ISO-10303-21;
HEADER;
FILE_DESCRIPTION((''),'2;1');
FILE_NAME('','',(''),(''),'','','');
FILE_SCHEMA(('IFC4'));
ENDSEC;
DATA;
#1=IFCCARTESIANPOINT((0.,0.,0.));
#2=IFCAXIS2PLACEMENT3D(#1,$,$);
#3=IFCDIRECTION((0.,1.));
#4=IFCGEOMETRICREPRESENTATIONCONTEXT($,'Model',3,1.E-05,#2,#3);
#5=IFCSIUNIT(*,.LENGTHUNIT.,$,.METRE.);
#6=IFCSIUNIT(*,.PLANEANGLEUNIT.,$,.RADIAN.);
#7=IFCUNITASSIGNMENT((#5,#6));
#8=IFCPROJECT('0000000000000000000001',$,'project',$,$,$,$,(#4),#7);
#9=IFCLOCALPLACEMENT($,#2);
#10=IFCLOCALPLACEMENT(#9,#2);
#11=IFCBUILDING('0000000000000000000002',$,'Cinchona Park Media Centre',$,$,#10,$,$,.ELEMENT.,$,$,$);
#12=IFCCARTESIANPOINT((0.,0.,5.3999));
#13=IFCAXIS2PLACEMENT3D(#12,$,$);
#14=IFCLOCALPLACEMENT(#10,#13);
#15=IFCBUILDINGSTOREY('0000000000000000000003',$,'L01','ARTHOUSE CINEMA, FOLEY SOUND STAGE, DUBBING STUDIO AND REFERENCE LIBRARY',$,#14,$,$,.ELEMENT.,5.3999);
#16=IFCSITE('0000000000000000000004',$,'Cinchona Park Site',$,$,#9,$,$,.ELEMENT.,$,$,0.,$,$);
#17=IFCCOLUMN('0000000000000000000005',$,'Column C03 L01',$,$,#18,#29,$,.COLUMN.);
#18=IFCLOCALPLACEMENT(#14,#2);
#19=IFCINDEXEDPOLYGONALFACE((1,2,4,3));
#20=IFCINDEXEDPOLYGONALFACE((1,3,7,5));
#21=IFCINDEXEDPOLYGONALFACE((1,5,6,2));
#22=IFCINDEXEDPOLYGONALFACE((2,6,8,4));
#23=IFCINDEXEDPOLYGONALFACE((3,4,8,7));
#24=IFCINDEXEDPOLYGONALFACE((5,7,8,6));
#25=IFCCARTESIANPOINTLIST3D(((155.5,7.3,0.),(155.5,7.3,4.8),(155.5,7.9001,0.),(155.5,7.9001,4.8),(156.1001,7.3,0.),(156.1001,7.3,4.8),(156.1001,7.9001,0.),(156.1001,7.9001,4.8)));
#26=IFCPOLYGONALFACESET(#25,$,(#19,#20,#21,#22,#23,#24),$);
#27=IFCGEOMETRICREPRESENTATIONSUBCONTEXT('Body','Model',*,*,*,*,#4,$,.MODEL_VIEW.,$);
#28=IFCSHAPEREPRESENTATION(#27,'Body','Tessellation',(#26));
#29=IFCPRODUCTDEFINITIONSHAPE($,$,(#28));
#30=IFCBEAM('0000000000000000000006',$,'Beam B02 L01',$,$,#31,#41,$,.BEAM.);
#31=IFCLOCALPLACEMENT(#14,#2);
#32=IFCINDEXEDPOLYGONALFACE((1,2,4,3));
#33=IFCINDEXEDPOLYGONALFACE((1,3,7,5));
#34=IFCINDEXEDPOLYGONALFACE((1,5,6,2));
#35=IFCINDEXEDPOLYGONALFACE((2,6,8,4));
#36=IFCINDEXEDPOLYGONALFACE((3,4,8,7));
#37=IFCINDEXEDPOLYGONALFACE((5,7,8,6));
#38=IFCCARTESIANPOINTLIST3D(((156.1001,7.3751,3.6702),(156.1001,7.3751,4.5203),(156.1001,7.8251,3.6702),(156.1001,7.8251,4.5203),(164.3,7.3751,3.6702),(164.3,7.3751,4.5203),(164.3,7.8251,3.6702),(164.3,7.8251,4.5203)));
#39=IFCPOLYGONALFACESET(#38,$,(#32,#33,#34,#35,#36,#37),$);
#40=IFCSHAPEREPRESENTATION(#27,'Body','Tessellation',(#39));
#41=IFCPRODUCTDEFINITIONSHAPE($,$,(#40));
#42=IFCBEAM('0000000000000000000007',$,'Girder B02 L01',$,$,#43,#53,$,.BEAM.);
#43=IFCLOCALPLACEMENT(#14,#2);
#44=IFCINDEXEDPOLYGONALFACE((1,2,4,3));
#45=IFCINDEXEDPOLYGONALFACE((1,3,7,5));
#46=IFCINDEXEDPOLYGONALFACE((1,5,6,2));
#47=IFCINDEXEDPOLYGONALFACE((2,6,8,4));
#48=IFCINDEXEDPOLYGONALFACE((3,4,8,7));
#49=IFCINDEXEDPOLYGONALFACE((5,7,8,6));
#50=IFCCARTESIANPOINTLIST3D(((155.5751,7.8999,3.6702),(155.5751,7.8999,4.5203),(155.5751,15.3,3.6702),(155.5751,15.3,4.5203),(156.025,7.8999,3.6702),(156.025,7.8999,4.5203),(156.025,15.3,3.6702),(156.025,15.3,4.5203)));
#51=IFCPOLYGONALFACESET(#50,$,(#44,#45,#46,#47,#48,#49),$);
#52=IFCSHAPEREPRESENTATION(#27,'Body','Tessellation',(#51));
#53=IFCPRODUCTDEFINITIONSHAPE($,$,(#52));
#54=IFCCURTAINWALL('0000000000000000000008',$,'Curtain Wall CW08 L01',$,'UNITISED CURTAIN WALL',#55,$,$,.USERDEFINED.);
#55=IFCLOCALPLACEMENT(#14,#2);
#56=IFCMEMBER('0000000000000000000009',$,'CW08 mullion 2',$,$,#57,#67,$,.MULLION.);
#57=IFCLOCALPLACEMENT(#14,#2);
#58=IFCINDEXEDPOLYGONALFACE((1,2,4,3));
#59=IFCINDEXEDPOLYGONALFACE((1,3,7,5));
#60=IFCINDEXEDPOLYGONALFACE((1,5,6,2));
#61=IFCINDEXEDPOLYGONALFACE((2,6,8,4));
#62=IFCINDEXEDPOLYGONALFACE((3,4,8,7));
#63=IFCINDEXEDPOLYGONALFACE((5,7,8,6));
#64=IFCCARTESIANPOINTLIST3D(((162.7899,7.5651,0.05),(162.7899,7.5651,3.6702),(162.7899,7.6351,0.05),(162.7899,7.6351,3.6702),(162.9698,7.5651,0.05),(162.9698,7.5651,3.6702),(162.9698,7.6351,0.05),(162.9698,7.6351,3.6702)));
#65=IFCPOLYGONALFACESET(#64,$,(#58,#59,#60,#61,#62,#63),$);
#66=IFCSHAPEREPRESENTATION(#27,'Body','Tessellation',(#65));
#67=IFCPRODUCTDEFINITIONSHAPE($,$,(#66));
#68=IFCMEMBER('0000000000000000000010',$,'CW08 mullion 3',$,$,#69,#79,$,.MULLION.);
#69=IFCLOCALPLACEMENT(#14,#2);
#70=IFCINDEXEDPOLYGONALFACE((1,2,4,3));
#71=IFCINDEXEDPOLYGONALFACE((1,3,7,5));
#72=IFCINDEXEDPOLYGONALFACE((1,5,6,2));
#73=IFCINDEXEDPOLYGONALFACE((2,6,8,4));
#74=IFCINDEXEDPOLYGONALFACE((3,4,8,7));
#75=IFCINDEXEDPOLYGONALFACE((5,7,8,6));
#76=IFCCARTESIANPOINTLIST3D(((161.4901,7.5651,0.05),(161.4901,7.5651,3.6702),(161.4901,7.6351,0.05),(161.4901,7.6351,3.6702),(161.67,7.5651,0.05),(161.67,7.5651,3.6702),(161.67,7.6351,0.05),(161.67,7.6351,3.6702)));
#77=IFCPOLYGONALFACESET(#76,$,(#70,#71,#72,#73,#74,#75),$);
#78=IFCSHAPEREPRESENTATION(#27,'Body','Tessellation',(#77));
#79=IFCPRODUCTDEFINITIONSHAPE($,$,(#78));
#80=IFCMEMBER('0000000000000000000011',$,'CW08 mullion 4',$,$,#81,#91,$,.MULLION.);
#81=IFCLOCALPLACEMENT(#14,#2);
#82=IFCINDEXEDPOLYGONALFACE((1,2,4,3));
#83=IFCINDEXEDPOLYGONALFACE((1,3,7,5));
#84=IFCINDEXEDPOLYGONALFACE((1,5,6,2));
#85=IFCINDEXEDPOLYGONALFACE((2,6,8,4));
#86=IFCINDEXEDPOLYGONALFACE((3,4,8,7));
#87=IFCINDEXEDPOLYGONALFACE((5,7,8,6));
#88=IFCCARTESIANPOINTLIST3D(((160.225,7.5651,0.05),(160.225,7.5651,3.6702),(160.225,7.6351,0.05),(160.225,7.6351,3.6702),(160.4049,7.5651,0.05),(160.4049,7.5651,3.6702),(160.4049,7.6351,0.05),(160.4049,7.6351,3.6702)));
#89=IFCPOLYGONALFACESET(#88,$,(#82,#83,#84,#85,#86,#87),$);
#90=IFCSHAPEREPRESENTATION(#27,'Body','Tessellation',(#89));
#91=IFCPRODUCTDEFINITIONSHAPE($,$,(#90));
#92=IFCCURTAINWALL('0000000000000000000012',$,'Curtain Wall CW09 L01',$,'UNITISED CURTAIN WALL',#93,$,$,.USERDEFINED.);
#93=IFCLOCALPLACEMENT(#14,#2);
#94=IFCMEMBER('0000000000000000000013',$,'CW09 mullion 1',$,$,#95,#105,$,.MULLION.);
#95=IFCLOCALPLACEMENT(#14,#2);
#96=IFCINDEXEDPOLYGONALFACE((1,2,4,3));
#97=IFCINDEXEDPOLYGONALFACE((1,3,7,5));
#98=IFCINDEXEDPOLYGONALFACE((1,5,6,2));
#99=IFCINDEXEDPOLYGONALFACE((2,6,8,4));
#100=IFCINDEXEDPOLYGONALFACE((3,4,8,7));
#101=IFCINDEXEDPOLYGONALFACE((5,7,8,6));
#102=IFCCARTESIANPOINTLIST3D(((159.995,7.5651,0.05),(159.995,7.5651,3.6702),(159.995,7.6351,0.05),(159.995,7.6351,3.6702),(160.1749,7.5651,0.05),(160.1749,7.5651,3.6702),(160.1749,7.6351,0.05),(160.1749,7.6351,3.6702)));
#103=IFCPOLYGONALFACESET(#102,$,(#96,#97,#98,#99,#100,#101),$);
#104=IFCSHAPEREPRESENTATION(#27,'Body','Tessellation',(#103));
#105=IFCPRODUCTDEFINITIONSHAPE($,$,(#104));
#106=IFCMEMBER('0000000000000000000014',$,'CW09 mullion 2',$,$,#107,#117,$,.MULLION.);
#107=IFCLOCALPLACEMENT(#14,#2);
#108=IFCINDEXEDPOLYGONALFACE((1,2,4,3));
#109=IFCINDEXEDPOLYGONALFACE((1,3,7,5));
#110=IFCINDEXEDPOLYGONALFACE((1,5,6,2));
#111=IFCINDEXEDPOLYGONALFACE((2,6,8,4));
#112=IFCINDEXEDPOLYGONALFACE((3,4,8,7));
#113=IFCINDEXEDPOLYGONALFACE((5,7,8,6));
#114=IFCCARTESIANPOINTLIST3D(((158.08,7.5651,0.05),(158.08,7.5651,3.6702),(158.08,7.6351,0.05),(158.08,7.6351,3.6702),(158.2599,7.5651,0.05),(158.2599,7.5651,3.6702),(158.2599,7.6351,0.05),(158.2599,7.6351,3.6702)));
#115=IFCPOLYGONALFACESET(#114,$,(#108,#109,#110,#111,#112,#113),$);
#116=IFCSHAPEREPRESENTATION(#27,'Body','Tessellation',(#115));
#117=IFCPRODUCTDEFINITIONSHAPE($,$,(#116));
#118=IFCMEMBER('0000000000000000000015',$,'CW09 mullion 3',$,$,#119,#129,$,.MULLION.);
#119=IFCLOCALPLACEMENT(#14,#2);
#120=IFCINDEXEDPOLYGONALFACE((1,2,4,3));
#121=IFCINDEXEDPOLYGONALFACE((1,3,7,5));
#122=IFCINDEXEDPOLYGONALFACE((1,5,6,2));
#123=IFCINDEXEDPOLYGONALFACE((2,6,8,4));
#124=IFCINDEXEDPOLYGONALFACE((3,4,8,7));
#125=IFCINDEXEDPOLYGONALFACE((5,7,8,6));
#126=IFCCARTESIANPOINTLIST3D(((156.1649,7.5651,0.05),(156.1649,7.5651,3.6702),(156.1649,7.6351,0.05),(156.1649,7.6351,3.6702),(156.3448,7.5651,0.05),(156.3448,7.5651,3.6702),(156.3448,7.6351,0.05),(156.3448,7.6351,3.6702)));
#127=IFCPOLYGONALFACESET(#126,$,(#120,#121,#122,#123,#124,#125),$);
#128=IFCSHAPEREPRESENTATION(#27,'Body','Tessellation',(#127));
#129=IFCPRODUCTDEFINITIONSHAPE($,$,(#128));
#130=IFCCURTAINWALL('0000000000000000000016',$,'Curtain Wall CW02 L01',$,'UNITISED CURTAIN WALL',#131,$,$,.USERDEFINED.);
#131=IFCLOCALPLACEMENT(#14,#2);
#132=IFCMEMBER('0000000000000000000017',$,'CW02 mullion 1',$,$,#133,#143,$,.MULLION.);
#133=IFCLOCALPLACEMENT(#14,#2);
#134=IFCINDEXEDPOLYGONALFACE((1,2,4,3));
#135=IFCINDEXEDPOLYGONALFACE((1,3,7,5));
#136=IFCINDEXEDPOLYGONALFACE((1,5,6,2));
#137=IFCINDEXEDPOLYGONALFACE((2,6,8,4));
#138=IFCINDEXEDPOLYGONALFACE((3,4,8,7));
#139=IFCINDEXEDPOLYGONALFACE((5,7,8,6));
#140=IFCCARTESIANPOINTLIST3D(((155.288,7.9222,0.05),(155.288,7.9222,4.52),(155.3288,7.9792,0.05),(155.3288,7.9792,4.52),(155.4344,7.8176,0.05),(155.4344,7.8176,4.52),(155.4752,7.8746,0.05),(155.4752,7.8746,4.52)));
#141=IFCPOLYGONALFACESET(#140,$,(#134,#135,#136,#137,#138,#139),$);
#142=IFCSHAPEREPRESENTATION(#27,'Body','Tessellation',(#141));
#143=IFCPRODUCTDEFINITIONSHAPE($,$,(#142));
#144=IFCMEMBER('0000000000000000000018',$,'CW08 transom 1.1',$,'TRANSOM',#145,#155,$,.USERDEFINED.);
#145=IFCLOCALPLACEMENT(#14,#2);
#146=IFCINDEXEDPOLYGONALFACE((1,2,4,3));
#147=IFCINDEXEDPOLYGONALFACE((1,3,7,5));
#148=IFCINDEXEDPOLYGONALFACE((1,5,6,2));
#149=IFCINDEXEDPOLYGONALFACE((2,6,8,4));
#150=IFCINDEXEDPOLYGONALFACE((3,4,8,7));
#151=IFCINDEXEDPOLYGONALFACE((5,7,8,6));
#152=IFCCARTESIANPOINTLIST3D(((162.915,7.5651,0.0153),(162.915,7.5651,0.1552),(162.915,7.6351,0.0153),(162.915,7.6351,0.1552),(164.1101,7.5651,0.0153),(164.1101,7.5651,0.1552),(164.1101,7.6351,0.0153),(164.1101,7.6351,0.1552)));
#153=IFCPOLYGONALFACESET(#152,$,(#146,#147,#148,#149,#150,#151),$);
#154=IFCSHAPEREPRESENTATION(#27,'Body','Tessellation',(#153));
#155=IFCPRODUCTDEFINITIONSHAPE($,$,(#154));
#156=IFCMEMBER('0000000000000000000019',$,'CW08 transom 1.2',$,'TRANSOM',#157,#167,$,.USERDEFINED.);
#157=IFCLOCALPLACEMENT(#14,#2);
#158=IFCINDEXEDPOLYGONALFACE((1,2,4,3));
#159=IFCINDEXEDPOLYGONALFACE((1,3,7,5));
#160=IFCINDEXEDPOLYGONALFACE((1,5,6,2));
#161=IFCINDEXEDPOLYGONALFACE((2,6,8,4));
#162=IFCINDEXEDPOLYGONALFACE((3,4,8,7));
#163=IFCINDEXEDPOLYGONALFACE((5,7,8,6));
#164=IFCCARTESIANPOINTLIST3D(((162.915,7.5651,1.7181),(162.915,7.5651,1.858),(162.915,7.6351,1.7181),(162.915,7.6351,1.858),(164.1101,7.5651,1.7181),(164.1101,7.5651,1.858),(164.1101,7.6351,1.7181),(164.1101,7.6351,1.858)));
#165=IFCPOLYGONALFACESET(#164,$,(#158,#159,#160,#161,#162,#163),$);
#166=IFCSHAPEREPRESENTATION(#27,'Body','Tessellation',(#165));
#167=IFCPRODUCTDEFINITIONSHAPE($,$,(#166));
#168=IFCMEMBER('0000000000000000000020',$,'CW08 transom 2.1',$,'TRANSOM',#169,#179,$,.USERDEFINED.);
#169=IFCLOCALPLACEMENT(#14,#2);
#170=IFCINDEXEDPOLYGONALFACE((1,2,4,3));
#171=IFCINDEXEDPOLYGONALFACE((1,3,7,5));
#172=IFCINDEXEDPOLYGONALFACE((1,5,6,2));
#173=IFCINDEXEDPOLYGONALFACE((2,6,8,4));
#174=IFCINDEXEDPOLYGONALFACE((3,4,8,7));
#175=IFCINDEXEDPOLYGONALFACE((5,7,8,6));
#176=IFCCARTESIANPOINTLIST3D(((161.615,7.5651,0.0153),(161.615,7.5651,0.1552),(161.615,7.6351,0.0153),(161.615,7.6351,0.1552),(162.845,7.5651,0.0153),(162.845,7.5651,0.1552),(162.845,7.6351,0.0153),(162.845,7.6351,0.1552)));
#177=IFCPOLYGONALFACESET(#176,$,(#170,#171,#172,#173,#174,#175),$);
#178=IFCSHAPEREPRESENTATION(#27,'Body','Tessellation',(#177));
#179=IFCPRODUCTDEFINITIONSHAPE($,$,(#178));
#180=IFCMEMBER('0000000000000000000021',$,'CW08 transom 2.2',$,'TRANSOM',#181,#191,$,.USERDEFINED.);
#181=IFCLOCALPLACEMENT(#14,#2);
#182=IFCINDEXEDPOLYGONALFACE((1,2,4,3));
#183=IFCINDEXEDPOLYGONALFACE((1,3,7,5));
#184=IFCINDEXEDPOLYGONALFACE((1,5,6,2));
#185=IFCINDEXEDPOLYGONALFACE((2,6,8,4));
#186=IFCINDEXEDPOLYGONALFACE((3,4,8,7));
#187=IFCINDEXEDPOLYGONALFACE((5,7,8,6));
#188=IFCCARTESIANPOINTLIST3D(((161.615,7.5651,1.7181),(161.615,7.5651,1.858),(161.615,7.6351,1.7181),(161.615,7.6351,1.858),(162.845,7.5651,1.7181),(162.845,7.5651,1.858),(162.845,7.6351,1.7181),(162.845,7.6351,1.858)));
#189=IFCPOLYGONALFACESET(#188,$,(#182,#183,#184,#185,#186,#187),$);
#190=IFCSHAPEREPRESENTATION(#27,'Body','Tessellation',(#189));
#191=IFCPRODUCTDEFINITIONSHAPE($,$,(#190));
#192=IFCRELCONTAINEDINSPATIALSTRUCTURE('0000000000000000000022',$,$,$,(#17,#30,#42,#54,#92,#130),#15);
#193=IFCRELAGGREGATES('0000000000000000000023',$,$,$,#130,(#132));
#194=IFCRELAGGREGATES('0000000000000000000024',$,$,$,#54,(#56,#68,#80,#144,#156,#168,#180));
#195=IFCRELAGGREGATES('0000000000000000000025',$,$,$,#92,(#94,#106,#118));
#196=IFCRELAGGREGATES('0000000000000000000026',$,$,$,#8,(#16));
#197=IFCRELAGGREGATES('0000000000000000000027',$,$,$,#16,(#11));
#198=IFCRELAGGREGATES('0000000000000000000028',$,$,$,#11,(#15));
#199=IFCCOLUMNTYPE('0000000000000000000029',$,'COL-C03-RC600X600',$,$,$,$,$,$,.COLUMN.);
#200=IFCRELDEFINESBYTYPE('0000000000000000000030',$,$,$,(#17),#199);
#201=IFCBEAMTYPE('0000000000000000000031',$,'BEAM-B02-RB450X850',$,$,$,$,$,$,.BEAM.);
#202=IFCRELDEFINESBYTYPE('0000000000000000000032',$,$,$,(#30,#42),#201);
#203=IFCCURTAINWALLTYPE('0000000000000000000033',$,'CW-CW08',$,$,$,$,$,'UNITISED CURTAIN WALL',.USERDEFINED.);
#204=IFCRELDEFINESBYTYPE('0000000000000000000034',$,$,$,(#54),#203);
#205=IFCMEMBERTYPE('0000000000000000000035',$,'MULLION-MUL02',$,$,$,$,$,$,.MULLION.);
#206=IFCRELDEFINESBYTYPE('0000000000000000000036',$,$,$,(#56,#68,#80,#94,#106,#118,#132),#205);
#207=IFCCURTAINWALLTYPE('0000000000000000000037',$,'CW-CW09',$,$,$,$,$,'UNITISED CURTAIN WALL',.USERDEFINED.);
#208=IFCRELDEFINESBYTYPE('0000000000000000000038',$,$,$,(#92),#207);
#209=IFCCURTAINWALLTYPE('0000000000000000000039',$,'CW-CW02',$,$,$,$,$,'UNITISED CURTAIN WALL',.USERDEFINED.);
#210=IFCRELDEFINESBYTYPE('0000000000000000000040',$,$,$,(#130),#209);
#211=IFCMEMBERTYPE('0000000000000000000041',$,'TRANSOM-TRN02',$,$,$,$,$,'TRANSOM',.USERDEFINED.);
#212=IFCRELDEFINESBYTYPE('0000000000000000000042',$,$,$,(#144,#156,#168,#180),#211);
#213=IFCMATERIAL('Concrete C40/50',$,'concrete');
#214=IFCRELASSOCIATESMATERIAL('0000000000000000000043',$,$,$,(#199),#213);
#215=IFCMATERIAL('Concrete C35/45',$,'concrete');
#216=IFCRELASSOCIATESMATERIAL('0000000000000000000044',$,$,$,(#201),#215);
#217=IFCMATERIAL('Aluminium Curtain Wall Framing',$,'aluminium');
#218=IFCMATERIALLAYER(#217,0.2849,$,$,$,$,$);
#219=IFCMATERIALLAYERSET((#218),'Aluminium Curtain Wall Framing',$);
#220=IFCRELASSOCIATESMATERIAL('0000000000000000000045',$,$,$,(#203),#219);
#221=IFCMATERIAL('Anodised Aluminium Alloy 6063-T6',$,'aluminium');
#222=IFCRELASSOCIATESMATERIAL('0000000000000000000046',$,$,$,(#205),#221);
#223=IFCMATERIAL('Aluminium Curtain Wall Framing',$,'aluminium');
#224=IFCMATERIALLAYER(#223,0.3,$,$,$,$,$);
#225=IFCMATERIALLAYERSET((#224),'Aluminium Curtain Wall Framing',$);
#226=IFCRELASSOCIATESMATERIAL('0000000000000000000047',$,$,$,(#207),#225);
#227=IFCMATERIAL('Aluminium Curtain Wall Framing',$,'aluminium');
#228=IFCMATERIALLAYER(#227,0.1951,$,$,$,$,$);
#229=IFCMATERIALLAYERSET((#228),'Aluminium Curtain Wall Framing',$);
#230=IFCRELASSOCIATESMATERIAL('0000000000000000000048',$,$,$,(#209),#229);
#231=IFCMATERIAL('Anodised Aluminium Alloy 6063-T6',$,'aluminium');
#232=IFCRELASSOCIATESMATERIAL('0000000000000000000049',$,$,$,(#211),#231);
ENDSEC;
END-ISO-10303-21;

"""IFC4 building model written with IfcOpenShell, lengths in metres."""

from ifc_helpers import new_model, si_unit, direction, frame, origin, origin_2d, place, context, subcontext, project, spatial, rectangle, extrude, material, layer, layer_set, material_profile, profile_set, type_object, element, aggregate, save


model = new_model("IFC4")

# Units and contexts
model_context = context("Model", 3, precision=1e-05, world=origin(), true_north=direction((0.0, 1.0)))
body_context = subcontext(model_context, "Body", "Model", "MODEL_VIEW")
ifc_project = project(units=[si_unit("LENGTHUNIT", "METRE"), si_unit("PLANEANGLEUNIT", "RADIAN")], contexts=[model_context])

# Site, building, storey
site_placement = place(None, origin())
site = spatial("IfcSite", under=ifc_project, at=site_placement, Name="Cinchona Park Site", CompositionType="ELEMENT", RefElevation=0.0)
building_placement = place(site_placement, origin())
building = spatial("IfcBuilding", under=site, at=building_placement, Name="Cinchona Park Media Centre", CompositionType="ELEMENT")
storey_placement = place(building_placement, frame((0.0, 0.0, 5.3999)))
storey = spatial("IfcBuildingStorey", under=building, at=storey_placement, Name="L01", Description="ARTHOUSE CINEMA, FOLEY SOUND STAGE, DUBBING STUDIO AND REFERENCE LIBRARY", CompositionType="ELEMENT", Elevation=5.3999)

# Column
ifc_material_1 = material(Name="Concrete C40/50", Category="concrete")
ifc_material_profile_1 = material_profile(ifc_material_1, rectangle(XDim=0.6001, YDim=0.6001, at=origin_2d()), Name="RC 600X600")
ifc_profile_set_1 = profile_set([ifc_material_profile_1], Name="Concrete C40/50")
column_type = type_object("IfcColumnType", Name="COL-C03-RC600X600", PredefinedType="COLUMN", material=ifc_profile_set_1)
column_placement = place(storey_placement, frame((155.8, 7.6001, 0.0), z_axis=(0.0, 0.0, 1.0), x_axis=(1.0, 0.0, 0.0)))
element("IfcColumn", 1, at=column_placement, inside=storey, type_object=column_type, Name="Column C03 L01", PredefinedType="COLUMN", context=body_context, shape_type="SweptSolid", body=[
    extrude(rectangle(XDim=0.6001, YDim=0.6001, at=origin_2d()), origin(), (0.0, 0.0, 1.0), 4.8),
])

# Beams
ifc_material_2 = material(Name="Concrete C35/45", Category="concrete")
ifc_material_profile_2 = material_profile(ifc_material_2, rectangle(XDim=0.45, YDim=0.8501, at=origin_2d()), Name="RB 450X850")
ifc_profile_set_2 = profile_set([ifc_material_profile_2], Name="Concrete C35/45")
beam_type = type_object("IfcBeamType", Name="BEAM-B02-RB450X850", PredefinedType="BEAM", material=ifc_profile_set_2)
beam_1_placement = place(storey_placement, frame((156.1001, 7.6001, 4.0952), z_axis=(1.0, 0.0, 0.0), x_axis=(0.0, 1.0, 0.0)))
element("IfcBeam", 2, at=beam_1_placement, inside=storey, type_object=beam_type, Name="Beam B02 L01", PredefinedType="BEAM", context=body_context, shape_type="SweptSolid", body=[
    extrude(rectangle(XDim=0.45, YDim=0.8501, at=origin_2d()), origin(), (0.0, 0.0, 1.0), 8.2),
])
beam_2_placement = place(storey_placement, frame((155.8, 7.8999, 4.0952), z_axis=(0.0, 1.0, 0.0), x_axis=(-1.0, 0.0, 0.0)))
element("IfcBeam", 3, at=beam_2_placement, inside=storey, type_object=beam_type, Name="Girder B02 L01", PredefinedType="BEAM", context=body_context, shape_type="SweptSolid", body=[
    extrude(rectangle(XDim=0.45, YDim=0.8501, at=origin_2d()), origin(), (0.0, 0.0, 1.0), 7.4001),
])

# Curtain walls, members
ifc_material_3 = material(Name="Aluminium Curtain Wall Framing", Category="aluminium")
ifc_layer_1 = layer(ifc_material_3, 0.2849)
ifc_layer_set_1 = layer_set([ifc_layer_1], Name="Aluminium Curtain Wall Framing")
curtain_wall_type_1 = type_object("IfcCurtainWallType", Name="CW-CW08", ElementType="UNITISED CURTAIN WALL", PredefinedType="USERDEFINED", material=ifc_layer_set_1)
curtain_wall_1_placement = place(storey_placement, origin())
curtain_wall_1 = element("IfcCurtainWall", 4, at=curtain_wall_1_placement, inside=storey, type_object=curtain_wall_type_1, Name="Curtain Wall CW08 L01", ObjectType="UNITISED CURTAIN WALL", PredefinedType="USERDEFINED")
ifc_material_4 = material(Name="Anodised Aluminium Alloy 6063-T6", Category="aluminium")
ifc_material_profile_3 = material_profile(ifc_material_4, rectangle(XDim=0.0701, YDim=0.1799, at=origin_2d()), Name="MUL-70X180")
ifc_profile_set_3 = profile_set([ifc_material_profile_3], Name="Anodised Aluminium Alloy 6063-T6")
member_type_1 = type_object("IfcMemberType", Name="MULLION-MUL02", PredefinedType="MULLION", material=ifc_profile_set_3)
member_1_placement = place(storey_placement, frame((162.8799, 7.6001, 0.05), z_axis=(0.0, 0.0, 1.0), x_axis=(0.0, -1.0, 0.0)))
member_1 = element("IfcMember", 5, at=member_1_placement, type_object=member_type_1, Name="CW08 mullion 2", PredefinedType="MULLION", context=body_context, shape_type="SweptSolid", body=[
    extrude(rectangle(XDim=0.0701, YDim=0.1799, at=origin_2d()), origin(), (0.0, 0.0, 1.0), 3.6201),
])
member_2_placement = place(storey_placement, frame((161.5801, 7.6001, 0.05), z_axis=(0.0, 0.0, 1.0), x_axis=(0.0, -1.0, 0.0)))
member_2 = element("IfcMember", 6, at=member_2_placement, type_object=member_type_1, Name="CW08 mullion 3", PredefinedType="MULLION", context=body_context, shape_type="SweptSolid", body=[
    extrude(rectangle(XDim=0.0701, YDim=0.1799, at=origin_2d()), origin(), (0.0, 0.0, 1.0), 3.6201),
])
member_3_placement = place(storey_placement, frame((160.3149, 7.6001, 0.05), z_axis=(0.0, 0.0, 1.0), x_axis=(0.0, -1.0, 0.0)))
member_3 = element("IfcMember", 7, at=member_3_placement, type_object=member_type_1, Name="CW08 mullion 4", PredefinedType="MULLION", context=body_context, shape_type="SweptSolid", body=[
    extrude(rectangle(XDim=0.0701, YDim=0.1799, at=origin_2d()), origin(), (0.0, 0.0, 1.0), 3.6201),
])
ifc_material_5 = material(Name="Aluminium Curtain Wall Framing", Category="aluminium")
ifc_layer_2 = layer(ifc_material_5, 0.3)
ifc_layer_set_2 = layer_set([ifc_layer_2], Name="Aluminium Curtain Wall Framing")
curtain_wall_type_2 = type_object("IfcCurtainWallType", Name="CW-CW09", ElementType="UNITISED CURTAIN WALL", PredefinedType="USERDEFINED", material=ifc_layer_set_2)
curtain_wall_2_placement = place(storey_placement, origin())
curtain_wall_2 = element("IfcCurtainWall", 8, at=curtain_wall_2_placement, inside=storey, type_object=curtain_wall_type_2, Name="Curtain Wall CW09 L01", ObjectType="UNITISED CURTAIN WALL", PredefinedType="USERDEFINED")
member_4_placement = place(storey_placement, frame((160.085, 7.6001, 0.05), z_axis=(0.0, 0.0, 1.0), x_axis=(0.0, -1.0, 0.0)))
member_4 = element("IfcMember", 9, at=member_4_placement, type_object=member_type_1, Name="CW09 mullion 1", PredefinedType="MULLION", context=body_context, shape_type="SweptSolid", body=[
    extrude(rectangle(XDim=0.0701, YDim=0.1799, at=origin_2d()), origin(), (0.0, 0.0, 1.0), 3.6201),
])
member_5_placement = place(storey_placement, frame((158.1699, 7.6001, 0.05), z_axis=(0.0, 0.0, 1.0), x_axis=(0.0, -1.0, 0.0)))
member_5 = element("IfcMember", 10, at=member_5_placement, type_object=member_type_1, Name="CW09 mullion 2", PredefinedType="MULLION", context=body_context, shape_type="SweptSolid", body=[
    extrude(rectangle(XDim=0.0701, YDim=0.1799, at=origin_2d()), origin(), (0.0, 0.0, 1.0), 3.6201),
])
member_6_placement = place(storey_placement, frame((156.2549, 7.6001, 0.05), z_axis=(0.0, 0.0, 1.0), x_axis=(0.0, -1.0, 0.0)))
member_6 = element("IfcMember", 11, at=member_6_placement, type_object=member_type_1, Name="CW09 mullion 3", PredefinedType="MULLION", context=body_context, shape_type="SweptSolid", body=[
    extrude(rectangle(XDim=0.0701, YDim=0.1799, at=origin_2d()), origin(), (0.0, 0.0, 1.0), 3.6201),
])

# Curtain wall, member
ifc_material_6 = material(Name="Aluminium Curtain Wall Framing", Category="aluminium")
ifc_layer_3 = layer(ifc_material_6, 0.1951)
ifc_layer_set_3 = layer_set([ifc_layer_3], Name="Aluminium Curtain Wall Framing")
curtain_wall_type_3 = type_object("IfcCurtainWallType", Name="CW-CW02", ElementType="UNITISED CURTAIN WALL", PredefinedType="USERDEFINED", material=ifc_layer_set_3)
curtain_wall_3_placement = place(storey_placement, origin())
curtain_wall_3 = element("IfcCurtainWall", 12, at=curtain_wall_3_placement, inside=storey, type_object=curtain_wall_type_3, Name="Curtain Wall CW02 L01", ObjectType="UNITISED CURTAIN WALL", PredefinedType="USERDEFINED")
member_7_placement = place(storey_placement, frame((155.3816, 7.8984, 0.05), z_axis=(0.0, 0.0, 1.0), x_axis=(-0.581418, -0.813605, 0.0)))
member_7 = element("IfcMember", 13, at=member_7_placement, type_object=member_type_1, Name="CW02 mullion 1", PredefinedType="MULLION", context=body_context, shape_type="SweptSolid", body=[
    extrude(rectangle(XDim=0.0701, YDim=0.1799, at=origin_2d()), origin(), (0.0, 0.0, 1.0), 4.47),
])

# Members
ifc_material_7 = material(Name="Anodised Aluminium Alloy 6063-T6", Category="aluminium")
ifc_material_profile_4 = material_profile(ifc_material_7, rectangle(XDim=0.0701, YDim=0.1399, at=origin_2d()), Name="TRN-70X140")
ifc_profile_set_4 = profile_set([ifc_material_profile_4], Name="Anodised Aluminium Alloy 6063-T6")
member_type_2 = type_object("IfcMemberType", Name="TRANSOM-TRN02", ElementType="TRANSOM", PredefinedType="USERDEFINED", material=ifc_profile_set_4)
member_8_placement = place(storey_placement, frame((164.1101, 7.6001, 0.0852), z_axis=(-1.0, 0.0, 0.0), x_axis=(0.0, -1.0, 0.0)))
member_8 = element("IfcMember", 14, at=member_8_placement, type_object=member_type_2, Name="CW08 transom 1.1", ObjectType="TRANSOM", PredefinedType="USERDEFINED", context=body_context, shape_type="SweptSolid", body=[
    extrude(rectangle(XDim=0.0701, YDim=0.1399, at=origin_2d()), origin(), (0.0, 0.0, 1.0), 1.1951),
])
member_9_placement = place(storey_placement, frame((164.1101, 7.6001, 1.7881), z_axis=(-1.0, 0.0, 0.0), x_axis=(0.0, -1.0, 0.0)))
member_9 = element("IfcMember", 15, at=member_9_placement, type_object=member_type_2, Name="CW08 transom 1.2", ObjectType="TRANSOM", PredefinedType="USERDEFINED", context=body_context, shape_type="SweptSolid", body=[
    extrude(rectangle(XDim=0.0701, YDim=0.1399, at=origin_2d()), origin(), (0.0, 0.0, 1.0), 1.1951),
])
member_10_placement = place(storey_placement, frame((162.845, 7.6001, 0.0852), z_axis=(-1.0, 0.0, 0.0), x_axis=(0.0, -1.0, 0.0)))
member_10 = element("IfcMember", 16, at=member_10_placement, type_object=member_type_2, Name="CW08 transom 2.1", ObjectType="TRANSOM", PredefinedType="USERDEFINED", context=body_context, shape_type="SweptSolid", body=[
    extrude(rectangle(XDim=0.0701, YDim=0.1399, at=origin_2d()), origin(), (0.0, 0.0, 1.0), 1.23),
])
member_11_placement = place(storey_placement, frame((162.845, 7.6001, 1.7881), z_axis=(-1.0, 0.0, 0.0), x_axis=(0.0, -1.0, 0.0)))
member_11 = element("IfcMember", 17, at=member_11_placement, type_object=member_type_2, Name="CW08 transom 2.2", ObjectType="TRANSOM", PredefinedType="USERDEFINED", context=body_context, shape_type="SweptSolid", body=[
    extrude(rectangle(XDim=0.0701, YDim=0.1399, at=origin_2d()), origin(), (0.0, 0.0, 1.0), 1.23),
])
aggregate(curtain_wall_3, [member_7])

aggregate(curtain_wall_1, [member_1, member_2, member_3, member_8, member_9, member_10, member_11])
aggregate(curtain_wall_2, [member_4, member_5, member_6])

save(model, "model.ifc")
